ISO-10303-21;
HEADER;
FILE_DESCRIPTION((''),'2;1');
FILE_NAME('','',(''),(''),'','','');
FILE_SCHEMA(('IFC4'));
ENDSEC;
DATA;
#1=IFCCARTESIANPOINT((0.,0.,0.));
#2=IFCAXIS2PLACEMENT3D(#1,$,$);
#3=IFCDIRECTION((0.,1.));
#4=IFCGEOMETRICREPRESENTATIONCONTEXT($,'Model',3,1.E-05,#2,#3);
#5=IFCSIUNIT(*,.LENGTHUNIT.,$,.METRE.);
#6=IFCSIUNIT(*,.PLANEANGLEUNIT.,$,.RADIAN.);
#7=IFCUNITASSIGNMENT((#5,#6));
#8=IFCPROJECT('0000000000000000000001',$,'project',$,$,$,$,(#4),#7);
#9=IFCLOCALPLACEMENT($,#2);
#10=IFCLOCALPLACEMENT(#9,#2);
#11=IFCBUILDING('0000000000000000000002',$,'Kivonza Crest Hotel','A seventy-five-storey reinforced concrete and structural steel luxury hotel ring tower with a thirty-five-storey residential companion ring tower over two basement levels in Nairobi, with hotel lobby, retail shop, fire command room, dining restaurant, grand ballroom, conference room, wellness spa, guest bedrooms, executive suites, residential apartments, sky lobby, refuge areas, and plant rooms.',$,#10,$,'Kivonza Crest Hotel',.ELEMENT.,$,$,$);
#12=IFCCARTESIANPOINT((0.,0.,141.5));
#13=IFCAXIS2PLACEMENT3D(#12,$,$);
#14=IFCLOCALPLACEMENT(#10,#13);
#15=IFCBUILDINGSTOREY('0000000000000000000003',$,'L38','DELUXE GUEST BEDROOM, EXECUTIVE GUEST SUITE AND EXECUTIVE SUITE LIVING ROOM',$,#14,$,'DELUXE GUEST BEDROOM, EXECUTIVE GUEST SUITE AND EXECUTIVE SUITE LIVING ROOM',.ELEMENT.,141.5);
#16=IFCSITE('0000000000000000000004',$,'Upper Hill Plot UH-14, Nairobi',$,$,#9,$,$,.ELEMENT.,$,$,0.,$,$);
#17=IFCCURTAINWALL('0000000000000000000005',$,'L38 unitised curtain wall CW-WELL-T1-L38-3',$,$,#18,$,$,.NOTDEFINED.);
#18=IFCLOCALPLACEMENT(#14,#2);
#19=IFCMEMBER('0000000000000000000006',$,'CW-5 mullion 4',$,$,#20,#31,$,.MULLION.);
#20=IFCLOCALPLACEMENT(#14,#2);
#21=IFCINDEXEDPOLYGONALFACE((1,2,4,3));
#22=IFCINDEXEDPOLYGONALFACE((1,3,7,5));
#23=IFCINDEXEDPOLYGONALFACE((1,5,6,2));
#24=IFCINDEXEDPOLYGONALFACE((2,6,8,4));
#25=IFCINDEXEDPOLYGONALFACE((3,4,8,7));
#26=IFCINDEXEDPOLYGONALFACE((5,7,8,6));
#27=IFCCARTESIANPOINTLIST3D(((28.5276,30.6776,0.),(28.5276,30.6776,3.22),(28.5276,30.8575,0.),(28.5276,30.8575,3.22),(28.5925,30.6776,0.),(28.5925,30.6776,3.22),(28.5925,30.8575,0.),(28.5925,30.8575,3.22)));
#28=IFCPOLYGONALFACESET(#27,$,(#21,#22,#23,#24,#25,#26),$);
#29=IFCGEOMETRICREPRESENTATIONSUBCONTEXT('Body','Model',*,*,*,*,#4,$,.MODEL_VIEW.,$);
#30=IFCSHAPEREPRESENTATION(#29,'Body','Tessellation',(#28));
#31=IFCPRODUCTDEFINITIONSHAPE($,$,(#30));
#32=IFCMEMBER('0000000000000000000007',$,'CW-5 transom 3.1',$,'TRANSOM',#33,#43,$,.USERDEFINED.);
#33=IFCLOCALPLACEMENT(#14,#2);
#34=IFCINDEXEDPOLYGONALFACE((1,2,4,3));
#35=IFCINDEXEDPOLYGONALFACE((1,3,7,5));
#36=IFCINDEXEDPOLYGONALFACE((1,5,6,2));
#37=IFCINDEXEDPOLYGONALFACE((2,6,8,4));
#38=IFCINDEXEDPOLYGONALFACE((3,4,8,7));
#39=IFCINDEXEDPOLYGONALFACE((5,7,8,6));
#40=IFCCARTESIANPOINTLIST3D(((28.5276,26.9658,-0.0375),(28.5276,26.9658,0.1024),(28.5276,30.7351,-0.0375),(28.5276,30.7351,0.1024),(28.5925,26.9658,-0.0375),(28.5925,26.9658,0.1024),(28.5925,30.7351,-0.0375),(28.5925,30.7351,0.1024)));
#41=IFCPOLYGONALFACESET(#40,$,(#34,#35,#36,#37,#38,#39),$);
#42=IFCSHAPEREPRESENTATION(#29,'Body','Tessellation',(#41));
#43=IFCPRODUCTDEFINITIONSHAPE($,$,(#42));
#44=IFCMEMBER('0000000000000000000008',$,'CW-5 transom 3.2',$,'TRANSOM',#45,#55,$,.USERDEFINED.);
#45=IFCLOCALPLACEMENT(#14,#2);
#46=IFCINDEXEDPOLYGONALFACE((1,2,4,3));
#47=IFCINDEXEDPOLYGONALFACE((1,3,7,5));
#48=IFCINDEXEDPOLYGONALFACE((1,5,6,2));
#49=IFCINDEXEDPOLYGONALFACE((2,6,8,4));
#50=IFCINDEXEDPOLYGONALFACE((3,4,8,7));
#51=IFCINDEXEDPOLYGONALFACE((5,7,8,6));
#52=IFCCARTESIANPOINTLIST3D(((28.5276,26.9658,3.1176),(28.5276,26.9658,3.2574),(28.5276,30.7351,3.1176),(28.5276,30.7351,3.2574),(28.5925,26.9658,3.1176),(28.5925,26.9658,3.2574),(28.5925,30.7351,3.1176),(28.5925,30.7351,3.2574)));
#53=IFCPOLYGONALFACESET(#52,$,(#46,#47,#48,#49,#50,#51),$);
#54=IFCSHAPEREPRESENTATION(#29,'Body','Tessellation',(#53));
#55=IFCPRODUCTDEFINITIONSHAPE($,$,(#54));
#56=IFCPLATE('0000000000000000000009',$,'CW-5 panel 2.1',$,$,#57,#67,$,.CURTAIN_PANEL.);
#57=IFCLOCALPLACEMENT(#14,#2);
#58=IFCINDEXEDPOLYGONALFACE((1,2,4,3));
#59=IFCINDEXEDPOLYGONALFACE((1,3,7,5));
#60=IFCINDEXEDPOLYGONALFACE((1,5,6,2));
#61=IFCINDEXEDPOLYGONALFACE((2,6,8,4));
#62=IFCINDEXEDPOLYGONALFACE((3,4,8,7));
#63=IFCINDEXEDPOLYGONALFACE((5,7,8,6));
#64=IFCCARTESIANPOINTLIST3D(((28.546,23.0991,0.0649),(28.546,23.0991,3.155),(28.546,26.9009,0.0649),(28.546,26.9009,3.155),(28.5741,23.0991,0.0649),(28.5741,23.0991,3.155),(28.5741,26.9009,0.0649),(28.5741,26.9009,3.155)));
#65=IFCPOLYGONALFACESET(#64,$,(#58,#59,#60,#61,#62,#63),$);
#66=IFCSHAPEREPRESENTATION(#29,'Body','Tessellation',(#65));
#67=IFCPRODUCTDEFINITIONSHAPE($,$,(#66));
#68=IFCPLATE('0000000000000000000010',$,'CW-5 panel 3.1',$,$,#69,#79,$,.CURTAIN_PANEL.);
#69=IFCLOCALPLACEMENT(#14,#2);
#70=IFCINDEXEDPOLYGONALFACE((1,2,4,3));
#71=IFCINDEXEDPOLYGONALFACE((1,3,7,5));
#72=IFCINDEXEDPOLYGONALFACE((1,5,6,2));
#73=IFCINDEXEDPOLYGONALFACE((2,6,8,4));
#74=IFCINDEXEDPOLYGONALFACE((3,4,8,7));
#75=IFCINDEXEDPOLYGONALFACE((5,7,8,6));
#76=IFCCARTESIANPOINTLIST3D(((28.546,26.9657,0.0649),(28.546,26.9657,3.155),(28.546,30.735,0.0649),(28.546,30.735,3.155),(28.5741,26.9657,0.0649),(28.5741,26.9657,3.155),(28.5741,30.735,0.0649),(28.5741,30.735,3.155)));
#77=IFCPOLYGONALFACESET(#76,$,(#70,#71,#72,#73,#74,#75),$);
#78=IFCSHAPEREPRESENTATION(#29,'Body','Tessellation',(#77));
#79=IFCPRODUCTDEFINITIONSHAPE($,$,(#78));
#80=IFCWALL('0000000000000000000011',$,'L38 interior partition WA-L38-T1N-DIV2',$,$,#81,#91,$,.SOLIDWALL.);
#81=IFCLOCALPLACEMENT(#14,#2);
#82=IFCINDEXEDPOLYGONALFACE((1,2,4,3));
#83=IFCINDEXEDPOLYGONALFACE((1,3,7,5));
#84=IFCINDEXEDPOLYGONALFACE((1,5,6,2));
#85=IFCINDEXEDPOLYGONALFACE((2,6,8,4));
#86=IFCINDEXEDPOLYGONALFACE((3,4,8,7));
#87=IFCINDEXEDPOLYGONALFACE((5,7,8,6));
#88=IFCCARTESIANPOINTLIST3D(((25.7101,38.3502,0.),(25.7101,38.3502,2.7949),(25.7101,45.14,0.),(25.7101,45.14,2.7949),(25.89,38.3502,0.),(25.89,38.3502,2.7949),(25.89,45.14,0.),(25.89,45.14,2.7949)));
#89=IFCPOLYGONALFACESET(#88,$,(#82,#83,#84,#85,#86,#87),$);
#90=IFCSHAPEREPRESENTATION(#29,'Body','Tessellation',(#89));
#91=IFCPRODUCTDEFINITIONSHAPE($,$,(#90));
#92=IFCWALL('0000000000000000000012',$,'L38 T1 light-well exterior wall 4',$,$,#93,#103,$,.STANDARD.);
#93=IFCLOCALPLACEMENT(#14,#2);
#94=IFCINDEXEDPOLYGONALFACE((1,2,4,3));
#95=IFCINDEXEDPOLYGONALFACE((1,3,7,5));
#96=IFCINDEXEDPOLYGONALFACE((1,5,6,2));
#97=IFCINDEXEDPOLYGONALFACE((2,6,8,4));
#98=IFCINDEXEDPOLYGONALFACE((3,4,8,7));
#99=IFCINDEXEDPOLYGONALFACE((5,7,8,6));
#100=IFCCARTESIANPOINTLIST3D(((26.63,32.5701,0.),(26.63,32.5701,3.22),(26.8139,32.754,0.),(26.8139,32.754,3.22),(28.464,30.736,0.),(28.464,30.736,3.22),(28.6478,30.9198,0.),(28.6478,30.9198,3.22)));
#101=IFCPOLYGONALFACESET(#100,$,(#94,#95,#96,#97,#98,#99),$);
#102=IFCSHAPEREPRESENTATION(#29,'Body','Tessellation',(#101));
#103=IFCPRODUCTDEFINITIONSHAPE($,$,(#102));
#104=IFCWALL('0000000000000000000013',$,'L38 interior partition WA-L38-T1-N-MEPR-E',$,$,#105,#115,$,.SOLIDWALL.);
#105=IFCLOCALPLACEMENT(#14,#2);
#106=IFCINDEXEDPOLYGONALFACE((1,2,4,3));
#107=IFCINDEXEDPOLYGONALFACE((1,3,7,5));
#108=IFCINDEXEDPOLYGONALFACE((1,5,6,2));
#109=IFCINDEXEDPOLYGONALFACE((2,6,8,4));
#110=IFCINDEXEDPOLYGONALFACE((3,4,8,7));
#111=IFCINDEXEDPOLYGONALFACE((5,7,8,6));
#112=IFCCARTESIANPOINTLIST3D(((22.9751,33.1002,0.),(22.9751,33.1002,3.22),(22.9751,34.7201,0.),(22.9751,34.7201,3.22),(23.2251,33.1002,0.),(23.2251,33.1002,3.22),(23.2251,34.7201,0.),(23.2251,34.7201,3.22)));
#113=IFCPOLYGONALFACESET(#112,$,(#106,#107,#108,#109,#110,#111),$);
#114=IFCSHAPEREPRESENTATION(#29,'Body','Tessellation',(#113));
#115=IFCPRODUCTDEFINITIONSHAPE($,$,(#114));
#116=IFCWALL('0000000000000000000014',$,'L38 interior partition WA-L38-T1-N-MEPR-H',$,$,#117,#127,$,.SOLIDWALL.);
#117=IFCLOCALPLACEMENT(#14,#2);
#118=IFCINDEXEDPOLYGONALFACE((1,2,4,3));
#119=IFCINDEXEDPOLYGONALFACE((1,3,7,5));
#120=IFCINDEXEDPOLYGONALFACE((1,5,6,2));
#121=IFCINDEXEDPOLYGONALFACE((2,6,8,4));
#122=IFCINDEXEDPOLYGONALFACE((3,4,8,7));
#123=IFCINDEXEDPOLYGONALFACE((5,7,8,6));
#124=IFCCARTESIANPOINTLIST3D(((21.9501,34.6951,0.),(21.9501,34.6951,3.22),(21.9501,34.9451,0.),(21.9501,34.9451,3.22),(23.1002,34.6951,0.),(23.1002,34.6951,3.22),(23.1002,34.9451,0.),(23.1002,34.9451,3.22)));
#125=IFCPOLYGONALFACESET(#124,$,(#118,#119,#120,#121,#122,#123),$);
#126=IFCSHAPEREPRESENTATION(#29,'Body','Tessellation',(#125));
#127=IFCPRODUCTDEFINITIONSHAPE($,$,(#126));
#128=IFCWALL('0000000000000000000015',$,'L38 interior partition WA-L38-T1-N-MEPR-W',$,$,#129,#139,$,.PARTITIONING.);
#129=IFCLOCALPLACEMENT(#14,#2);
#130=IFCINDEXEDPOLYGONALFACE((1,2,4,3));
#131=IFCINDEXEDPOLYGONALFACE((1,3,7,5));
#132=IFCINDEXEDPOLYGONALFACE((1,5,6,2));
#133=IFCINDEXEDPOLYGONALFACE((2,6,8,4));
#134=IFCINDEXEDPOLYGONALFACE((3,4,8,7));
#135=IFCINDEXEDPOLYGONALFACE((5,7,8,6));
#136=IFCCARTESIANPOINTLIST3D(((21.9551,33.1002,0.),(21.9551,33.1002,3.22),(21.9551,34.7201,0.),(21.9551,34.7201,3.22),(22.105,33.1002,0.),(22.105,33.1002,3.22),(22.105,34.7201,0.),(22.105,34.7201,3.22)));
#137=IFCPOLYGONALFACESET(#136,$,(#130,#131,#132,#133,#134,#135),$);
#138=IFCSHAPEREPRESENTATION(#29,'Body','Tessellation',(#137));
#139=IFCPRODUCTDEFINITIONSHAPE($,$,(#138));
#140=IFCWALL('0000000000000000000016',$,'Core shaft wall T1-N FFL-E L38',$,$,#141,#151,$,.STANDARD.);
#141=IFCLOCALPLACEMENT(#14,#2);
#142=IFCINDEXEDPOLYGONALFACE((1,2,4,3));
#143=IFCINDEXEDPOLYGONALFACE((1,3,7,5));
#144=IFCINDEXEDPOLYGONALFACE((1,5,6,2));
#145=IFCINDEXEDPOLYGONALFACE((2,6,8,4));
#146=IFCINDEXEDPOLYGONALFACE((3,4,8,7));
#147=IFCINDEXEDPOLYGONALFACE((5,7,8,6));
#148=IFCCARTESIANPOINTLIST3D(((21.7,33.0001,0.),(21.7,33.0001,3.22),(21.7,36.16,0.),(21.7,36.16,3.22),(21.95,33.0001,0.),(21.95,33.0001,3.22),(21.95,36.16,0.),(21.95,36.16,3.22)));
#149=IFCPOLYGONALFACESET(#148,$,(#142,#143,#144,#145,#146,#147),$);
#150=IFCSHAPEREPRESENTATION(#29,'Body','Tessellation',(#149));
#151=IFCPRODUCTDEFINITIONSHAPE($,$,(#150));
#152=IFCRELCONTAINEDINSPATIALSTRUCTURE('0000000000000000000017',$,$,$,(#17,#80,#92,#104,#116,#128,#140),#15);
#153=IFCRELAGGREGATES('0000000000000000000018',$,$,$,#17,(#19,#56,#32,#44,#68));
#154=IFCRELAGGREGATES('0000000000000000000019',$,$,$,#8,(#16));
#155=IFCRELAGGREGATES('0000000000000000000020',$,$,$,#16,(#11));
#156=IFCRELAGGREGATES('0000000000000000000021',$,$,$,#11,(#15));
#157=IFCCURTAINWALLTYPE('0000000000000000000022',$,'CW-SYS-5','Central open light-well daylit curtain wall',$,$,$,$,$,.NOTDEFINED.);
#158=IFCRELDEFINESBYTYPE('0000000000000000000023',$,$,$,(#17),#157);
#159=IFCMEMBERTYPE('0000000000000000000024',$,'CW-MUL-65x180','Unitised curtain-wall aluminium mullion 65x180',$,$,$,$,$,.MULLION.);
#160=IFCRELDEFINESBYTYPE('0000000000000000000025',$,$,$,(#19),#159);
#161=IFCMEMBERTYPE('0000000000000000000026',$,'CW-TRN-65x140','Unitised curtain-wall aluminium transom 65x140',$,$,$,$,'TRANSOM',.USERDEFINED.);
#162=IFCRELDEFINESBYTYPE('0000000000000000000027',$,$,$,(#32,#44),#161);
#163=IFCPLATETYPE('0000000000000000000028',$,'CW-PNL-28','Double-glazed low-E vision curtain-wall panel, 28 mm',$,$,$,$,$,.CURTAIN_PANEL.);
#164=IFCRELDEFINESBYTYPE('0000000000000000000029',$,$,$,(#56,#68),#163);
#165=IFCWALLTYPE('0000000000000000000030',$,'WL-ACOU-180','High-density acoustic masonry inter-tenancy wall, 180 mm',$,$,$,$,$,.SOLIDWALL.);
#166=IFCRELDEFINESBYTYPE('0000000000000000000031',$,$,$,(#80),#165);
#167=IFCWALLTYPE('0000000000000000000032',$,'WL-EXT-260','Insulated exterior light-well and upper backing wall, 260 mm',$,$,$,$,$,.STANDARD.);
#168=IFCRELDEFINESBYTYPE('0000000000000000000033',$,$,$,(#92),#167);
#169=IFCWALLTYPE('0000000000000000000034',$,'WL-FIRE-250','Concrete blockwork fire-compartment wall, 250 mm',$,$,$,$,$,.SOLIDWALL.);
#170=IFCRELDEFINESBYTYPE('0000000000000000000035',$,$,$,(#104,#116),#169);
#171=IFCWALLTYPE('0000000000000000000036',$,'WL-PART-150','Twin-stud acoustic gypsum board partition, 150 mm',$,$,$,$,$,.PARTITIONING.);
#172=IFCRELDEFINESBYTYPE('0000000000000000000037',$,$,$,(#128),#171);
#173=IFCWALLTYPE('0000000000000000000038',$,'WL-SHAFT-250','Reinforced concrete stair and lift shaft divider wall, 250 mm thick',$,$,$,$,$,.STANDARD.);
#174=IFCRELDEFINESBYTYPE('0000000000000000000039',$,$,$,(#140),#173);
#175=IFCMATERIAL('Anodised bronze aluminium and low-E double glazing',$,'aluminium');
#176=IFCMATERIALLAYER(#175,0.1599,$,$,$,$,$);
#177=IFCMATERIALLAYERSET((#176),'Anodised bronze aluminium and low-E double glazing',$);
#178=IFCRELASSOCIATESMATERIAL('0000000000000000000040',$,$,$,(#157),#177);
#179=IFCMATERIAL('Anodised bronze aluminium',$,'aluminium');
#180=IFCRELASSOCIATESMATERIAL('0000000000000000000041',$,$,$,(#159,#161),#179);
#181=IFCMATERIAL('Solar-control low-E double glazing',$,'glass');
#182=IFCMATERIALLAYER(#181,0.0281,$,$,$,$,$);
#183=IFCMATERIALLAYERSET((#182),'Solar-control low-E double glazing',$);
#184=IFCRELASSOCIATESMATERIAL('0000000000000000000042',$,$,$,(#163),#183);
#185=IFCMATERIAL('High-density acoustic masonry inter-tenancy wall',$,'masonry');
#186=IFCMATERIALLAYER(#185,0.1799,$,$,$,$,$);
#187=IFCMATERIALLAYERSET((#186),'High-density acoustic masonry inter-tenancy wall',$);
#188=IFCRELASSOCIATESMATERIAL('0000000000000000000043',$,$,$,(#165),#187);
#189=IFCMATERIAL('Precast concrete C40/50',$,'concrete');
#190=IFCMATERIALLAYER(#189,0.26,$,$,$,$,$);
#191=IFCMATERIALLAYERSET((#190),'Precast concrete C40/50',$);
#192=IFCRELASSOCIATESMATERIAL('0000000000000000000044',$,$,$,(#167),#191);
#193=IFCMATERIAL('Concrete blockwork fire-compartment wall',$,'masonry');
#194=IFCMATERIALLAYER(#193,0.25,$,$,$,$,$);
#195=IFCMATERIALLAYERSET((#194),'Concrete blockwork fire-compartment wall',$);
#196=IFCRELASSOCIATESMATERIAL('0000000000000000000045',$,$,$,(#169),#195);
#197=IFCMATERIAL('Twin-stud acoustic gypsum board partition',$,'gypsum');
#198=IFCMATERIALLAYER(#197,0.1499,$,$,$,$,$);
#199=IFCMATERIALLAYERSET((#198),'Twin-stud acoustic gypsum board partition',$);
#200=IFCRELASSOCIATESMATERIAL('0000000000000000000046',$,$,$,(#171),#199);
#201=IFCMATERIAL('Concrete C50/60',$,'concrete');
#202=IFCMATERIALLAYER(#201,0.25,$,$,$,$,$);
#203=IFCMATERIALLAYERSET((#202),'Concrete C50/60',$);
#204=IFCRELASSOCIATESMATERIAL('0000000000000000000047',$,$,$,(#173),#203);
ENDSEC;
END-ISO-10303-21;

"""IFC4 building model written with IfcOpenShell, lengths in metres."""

from ifc_helpers import new_model, si_unit, direction, frame, frame_2d, origin, origin_2d, place, context, subcontext, project, spatial, rectangle, extrude, material, layer, layer_set, material_profile, profile_set, type_object, element, aggregate, save


model = new_model("IFC4")

# Units and contexts
model_context = context("Model", 3, precision=1e-05, world=origin(), true_north=direction((0.0, 1.0)))
body_context = subcontext(model_context, "Body", "Model", "MODEL_VIEW")
ifc_project = project(units=[si_unit("LENGTHUNIT", "METRE"), si_unit("PLANEANGLEUNIT", "RADIAN")], contexts=[model_context])

# Site, building, storey
site_placement = place(None, origin())
site = spatial("IfcSite", under=ifc_project, at=site_placement, Name="Upper Hill Plot UH-14, Nairobi", CompositionType="ELEMENT", RefElevation=0.0)
building_placement = place(site_placement, origin())
building = spatial("IfcBuilding", under=site, at=building_placement, Name="Kivonza Crest Hotel", Description="A seventy-five-storey reinforced concrete and structural steel luxury hotel ring tower with a thirty-five-storey residential companion ring tower over two basement levels in Nairobi, with hotel lobby, retail shop, fire command room, dining restaurant, grand ballroom, conference room, wellness spa, guest bedrooms, executive suites, residential apartments, sky lobby, refuge areas, and plant rooms.", LongName="Kivonza Crest Hotel", CompositionType="ELEMENT")
storey_placement = place(building_placement, frame((0.0, 0.0, 141.5)))
storey = spatial("IfcBuildingStorey", under=building, at=storey_placement, Name="L38", Description="DELUXE GUEST BEDROOM, EXECUTIVE GUEST SUITE AND EXECUTIVE SUITE LIVING ROOM", LongName="DELUXE GUEST BEDROOM, EXECUTIVE GUEST SUITE AND EXECUTIVE SUITE LIVING ROOM", CompositionType="ELEMENT", Elevation=141.5)

# Shared definitions
ifc_material_1 = material(Name="Concrete C50/60", Category="concrete")

# Curtain wall, members, plates
ifc_material_2 = material(Name="Anodised bronze aluminium and low-E double glazing", Category="aluminium")
ifc_layer_1 = layer(ifc_material_2, 0.1599)
ifc_layer_set_1 = layer_set([ifc_layer_1], Name="Anodised bronze aluminium and low-E double glazing")
curtain_wall_type = type_object("IfcCurtainWallType", Name="CW-SYS-5", Description="Central open light-well daylit curtain wall", PredefinedType="NOTDEFINED", material=ifc_layer_set_1)
curtain_wall_placement = place(storey_placement, origin())
curtain_wall = element("IfcCurtainWall", 1, at=curtain_wall_placement, inside=storey, type_object=curtain_wall_type, Name="L38 unitised curtain wall CW-WELL-T1-L38-3", PredefinedType="NOTDEFINED")
ifc_material_3 = material(Name="Anodised bronze aluminium", Category="aluminium")
ifc_material_profile_1 = material_profile(ifc_material_3, rectangle(XDim=0.0649, YDim=0.1799, at=origin_2d()), Name="CW-M 65x180")
ifc_profile_set_1 = profile_set([ifc_material_profile_1], Name="Anodised bronze aluminium")
member_type_1 = type_object("IfcMemberType", Name="CW-MUL-65x180", Description="Unitised curtain-wall aluminium mullion 65x180", PredefinedType="MULLION", material=ifc_profile_set_1)
member_1_placement = place(storey_placement, frame((28.5601, 30.7676, 0.0), z_axis=(0.0, 0.0, 1.0), x_axis=(-1.0, 0.0, 0.0)))
member_1 = element("IfcMember", 2, at=member_1_placement, type_object=member_type_1, Name="CW-5 mullion 4", PredefinedType="MULLION", context=body_context, shape_type="SweptSolid", body=[
    extrude(rectangle(XDim=0.0649, YDim=0.1799, at=origin_2d()), origin(), (0.0, 0.0, 1.0), 3.22),
])
ifc_material_profile_2 = material_profile(ifc_material_3, rectangle(XDim=0.0649, YDim=0.1399, at=origin_2d()), Name="CW-T 65x140")
ifc_profile_set_2 = profile_set([ifc_material_profile_2], Name="Anodised bronze aluminium")
member_type_2 = type_object("IfcMemberType", Name="CW-TRN-65x140", Description="Unitised curtain-wall aluminium transom 65x140", ElementType="TRANSOM", PredefinedType="USERDEFINED", material=ifc_profile_set_2)
member_2_placement = place(storey_placement, frame((28.5601, 26.9658, 0.0325), z_axis=(0.0, 1.0, 0.0), x_axis=(-1.0, 0.0, 0.0)))
member_2 = element("IfcMember", 3, at=member_2_placement, type_object=member_type_2, Name="CW-5 transom 3.1", ObjectType="TRANSOM", PredefinedType="USERDEFINED", context=body_context, shape_type="SweptSolid", body=[
    extrude(rectangle(XDim=0.0649, YDim=0.1399, at=origin_2d()), origin(), (0.0, 0.0, 1.0), 3.7693),
])
member_3_placement = place(storey_placement, frame((28.5601, 26.9658, 3.1875), z_axis=(0.0, 1.0, 0.0), x_axis=(-1.0, 0.0, 0.0)))
member_3 = element("IfcMember", 4, at=member_3_placement, type_object=member_type_2, Name="CW-5 transom 3.2", ObjectType="TRANSOM", PredefinedType="USERDEFINED", context=body_context, shape_type="SweptSolid", body=[
    extrude(rectangle(XDim=0.0649, YDim=0.1399, at=origin_2d()), origin(), (0.0, 0.0, 1.0), 3.7693),
])
ifc_material_4 = material(Name="Solar-control low-E double glazing", Category="glass")
ifc_layer_2 = layer(ifc_material_4, 0.0281)
ifc_layer_set_2 = layer_set([ifc_layer_2], Name="Solar-control low-E double glazing")
plate_type = type_object("IfcPlateType", Name="CW-PNL-28", Description="Double-glazed low-E vision curtain-wall panel, 28 mm", PredefinedType="CURTAIN_PANEL", material=ifc_layer_set_2)
plate_1_placement = place(storey_placement, frame((28.5601, 25.0, 0.0649), z_axis=(0.0, 0.0, 1.0), x_axis=(0.0, 1.0, 0.0)))
plate_1 = element("IfcPlate", 5, at=plate_1_placement, type_object=plate_type, Name="CW-5 panel 2.1", PredefinedType="CURTAIN_PANEL", context=body_context, shape_type="SweptSolid", body=[
    extrude(rectangle(XDim=3.8018, YDim=0.0281, at=origin_2d()), origin(), (0.0, 0.0, 1.0), 3.0901),
])
plate_2_placement = place(storey_placement, frame((28.5601, 28.8503, 0.0649), z_axis=(0.0, 0.0, 1.0), x_axis=(0.0, 1.0, 0.0)))
plate_2 = element("IfcPlate", 6, at=plate_2_placement, type_object=plate_type, Name="CW-5 panel 3.1", PredefinedType="CURTAIN_PANEL", context=body_context, shape_type="SweptSolid", body=[
    extrude(rectangle(XDim=3.7693, YDim=0.0281, at=origin_2d()), origin(), (0.0, 0.0, 1.0), 3.0901),
])
aggregate(curtain_wall, [member_1, plate_1, member_2, member_3, plate_2])

# Walls
ifc_material_5 = material(Name="High-density acoustic masonry inter-tenancy wall", Category="masonry")
ifc_layer_3 = layer(ifc_material_5, 0.1799)
ifc_layer_set_3 = layer_set([ifc_layer_3], Name="High-density acoustic masonry inter-tenancy wall")
wall_type_1 = type_object("IfcWallType", Name="WL-ACOU-180", Description="High-density acoustic masonry inter-tenancy wall, 180 mm", PredefinedType="SOLIDWALL", material=ifc_layer_set_3)
wall_1_placement = place(storey_placement, frame((25.8, 38.3501, 0.0), z_axis=(0.0, 0.0, 1.0), x_axis=(0.0, 1.0, 0.0)))
element("IfcWall", 7, at=wall_1_placement, inside=storey, type_object=wall_type_1, Name="L38 interior partition WA-L38-T1N-DIV2", PredefinedType="SOLIDWALL", context=body_context, shape_type="SweptSolid", body=[
    extrude(rectangle(XDim=6.7898, YDim=0.1799, at=frame_2d((3.395, 0.0))), origin(), (0.0, 0.0, 1.0), 2.7949),
])
ifc_material_6 = material(Name="Precast concrete C40/50", Category="concrete")
ifc_layer_4 = layer(ifc_material_6, 0.26)
ifc_layer_set_4 = layer_set([ifc_layer_4], Name="Precast concrete C40/50")
wall_type_2 = type_object("IfcWallType", Name="WL-EXT-260", Description="Insulated exterior light-well and upper backing wall, 260 mm", PredefinedType="STANDARD", material=ifc_layer_set_4)
wall_2_placement = place(storey_placement, frame((28.5559, 30.8279, 0.0), z_axis=(0.0, 0.0, 1.0), x_axis=(-0.70706, 0.707154, 0.0)))
element("IfcWall", 8, at=wall_2_placement, inside=storey, type_object=wall_type_2, Name="L38 T1 light-well exterior wall 4", PredefinedType="STANDARD", context=body_context, shape_type="SweptSolid", body=[
    extrude(rectangle(XDim=2.5938, YDim=0.26, at=frame_2d((1.2969, 0.0))), origin(), (0.0, 0.0, 1.0), 3.22),
])
ifc_material_7 = material(Name="Concrete blockwork fire-compartment wall", Category="masonry")
ifc_layer_5 = layer(ifc_material_7, 0.25)
ifc_layer_set_5 = layer_set([ifc_layer_5], Name="Concrete blockwork fire-compartment wall")
wall_type_3 = type_object("IfcWallType", Name="WL-FIRE-250", Description="Concrete blockwork fire-compartment wall, 250 mm", PredefinedType="SOLIDWALL", material=ifc_layer_set_5)
wall_3_placement = place(storey_placement, frame((23.1001, 33.1001, 0.0), z_axis=(0.0, 0.0, 1.0), x_axis=(0.0, 1.0, 0.0)))
element("IfcWall", 9, at=wall_3_placement, inside=storey, type_object=wall_type_3, Name="L38 interior partition WA-L38-T1-N-MEPR-E", PredefinedType="SOLIDWALL", context=body_context, shape_type="SweptSolid", body=[
    extrude(rectangle(XDim=1.6199, YDim=0.25, at=frame_2d((0.8101, 0.0))), origin(), (0.0, 0.0, 1.0), 3.22),
])
wall_4_placement = place(storey_placement, frame((21.95, 34.8201, 0.0), z_axis=(0.0, 0.0, 1.0), x_axis=(1.0, 0.0, 0.0)))
element("IfcWall", 10, at=wall_4_placement, inside=storey, type_object=wall_type_3, Name="L38 interior partition WA-L38-T1-N-MEPR-H", PredefinedType="SOLIDWALL", context=body_context, shape_type="SweptSolid", body=[
    extrude(rectangle(XDim=1.1501, YDim=0.25, at=frame_2d((0.5752, 0.0))), origin(), (0.0, 0.0, 1.0), 3.22),
])
ifc_material_8 = material(Name="Twin-stud acoustic gypsum board partition", Category="gypsum")
ifc_layer_6 = layer(ifc_material_8, 0.1499)
ifc_layer_set_6 = layer_set([ifc_layer_6], Name="Twin-stud acoustic gypsum board partition")
wall_type_4 = type_object("IfcWallType", Name="WL-PART-150", Description="Twin-stud acoustic gypsum board partition, 150 mm", PredefinedType="PARTITIONING", material=ifc_layer_set_6)
wall_5_placement = place(storey_placement, frame((22.03, 33.1001, 0.0), z_axis=(0.0, 0.0, 1.0), x_axis=(0.0, 1.0, 0.0)))
element("IfcWall", 11, at=wall_5_placement, inside=storey, type_object=wall_type_4, Name="L38 interior partition WA-L38-T1-N-MEPR-W", PredefinedType="PARTITIONING", context=body_context, shape_type="SweptSolid", body=[
    extrude(rectangle(XDim=1.6199, YDim=0.1499, at=frame_2d((0.8101, 0.0))), origin(), (0.0, 0.0, 1.0), 3.22),
])

# Shared definitions
ifc_layer_7 = layer(ifc_material_1, 0.25)
ifc_layer_set_7 = layer_set([ifc_layer_7], Name="Concrete C50/60")
wall_type_5 = type_object("IfcWallType", Name="WL-SHAFT-250", Description="Reinforced concrete stair and lift shaft divider wall, 250 mm thick", PredefinedType="STANDARD", material=ifc_layer_set_7)

# Wall
wall_6_placement = place(storey_placement, frame((21.825, 33.0, 0.0), z_axis=(0.0, 0.0, 1.0), x_axis=(0.0, 1.0, 0.0)))
element("IfcWall", 12, at=wall_6_placement, inside=storey, type_object=wall_type_5, Name="Core shaft wall T1-N FFL-E L38", PredefinedType="STANDARD", context=body_context, shape_type="SweptSolid", body=[
    extrude(rectangle(XDim=3.1599, YDim=0.25, at=frame_2d((1.5801, 0.0))), origin(), (0.0, 0.0, 1.0), 3.22),
])

save(model, "model.ifc")
